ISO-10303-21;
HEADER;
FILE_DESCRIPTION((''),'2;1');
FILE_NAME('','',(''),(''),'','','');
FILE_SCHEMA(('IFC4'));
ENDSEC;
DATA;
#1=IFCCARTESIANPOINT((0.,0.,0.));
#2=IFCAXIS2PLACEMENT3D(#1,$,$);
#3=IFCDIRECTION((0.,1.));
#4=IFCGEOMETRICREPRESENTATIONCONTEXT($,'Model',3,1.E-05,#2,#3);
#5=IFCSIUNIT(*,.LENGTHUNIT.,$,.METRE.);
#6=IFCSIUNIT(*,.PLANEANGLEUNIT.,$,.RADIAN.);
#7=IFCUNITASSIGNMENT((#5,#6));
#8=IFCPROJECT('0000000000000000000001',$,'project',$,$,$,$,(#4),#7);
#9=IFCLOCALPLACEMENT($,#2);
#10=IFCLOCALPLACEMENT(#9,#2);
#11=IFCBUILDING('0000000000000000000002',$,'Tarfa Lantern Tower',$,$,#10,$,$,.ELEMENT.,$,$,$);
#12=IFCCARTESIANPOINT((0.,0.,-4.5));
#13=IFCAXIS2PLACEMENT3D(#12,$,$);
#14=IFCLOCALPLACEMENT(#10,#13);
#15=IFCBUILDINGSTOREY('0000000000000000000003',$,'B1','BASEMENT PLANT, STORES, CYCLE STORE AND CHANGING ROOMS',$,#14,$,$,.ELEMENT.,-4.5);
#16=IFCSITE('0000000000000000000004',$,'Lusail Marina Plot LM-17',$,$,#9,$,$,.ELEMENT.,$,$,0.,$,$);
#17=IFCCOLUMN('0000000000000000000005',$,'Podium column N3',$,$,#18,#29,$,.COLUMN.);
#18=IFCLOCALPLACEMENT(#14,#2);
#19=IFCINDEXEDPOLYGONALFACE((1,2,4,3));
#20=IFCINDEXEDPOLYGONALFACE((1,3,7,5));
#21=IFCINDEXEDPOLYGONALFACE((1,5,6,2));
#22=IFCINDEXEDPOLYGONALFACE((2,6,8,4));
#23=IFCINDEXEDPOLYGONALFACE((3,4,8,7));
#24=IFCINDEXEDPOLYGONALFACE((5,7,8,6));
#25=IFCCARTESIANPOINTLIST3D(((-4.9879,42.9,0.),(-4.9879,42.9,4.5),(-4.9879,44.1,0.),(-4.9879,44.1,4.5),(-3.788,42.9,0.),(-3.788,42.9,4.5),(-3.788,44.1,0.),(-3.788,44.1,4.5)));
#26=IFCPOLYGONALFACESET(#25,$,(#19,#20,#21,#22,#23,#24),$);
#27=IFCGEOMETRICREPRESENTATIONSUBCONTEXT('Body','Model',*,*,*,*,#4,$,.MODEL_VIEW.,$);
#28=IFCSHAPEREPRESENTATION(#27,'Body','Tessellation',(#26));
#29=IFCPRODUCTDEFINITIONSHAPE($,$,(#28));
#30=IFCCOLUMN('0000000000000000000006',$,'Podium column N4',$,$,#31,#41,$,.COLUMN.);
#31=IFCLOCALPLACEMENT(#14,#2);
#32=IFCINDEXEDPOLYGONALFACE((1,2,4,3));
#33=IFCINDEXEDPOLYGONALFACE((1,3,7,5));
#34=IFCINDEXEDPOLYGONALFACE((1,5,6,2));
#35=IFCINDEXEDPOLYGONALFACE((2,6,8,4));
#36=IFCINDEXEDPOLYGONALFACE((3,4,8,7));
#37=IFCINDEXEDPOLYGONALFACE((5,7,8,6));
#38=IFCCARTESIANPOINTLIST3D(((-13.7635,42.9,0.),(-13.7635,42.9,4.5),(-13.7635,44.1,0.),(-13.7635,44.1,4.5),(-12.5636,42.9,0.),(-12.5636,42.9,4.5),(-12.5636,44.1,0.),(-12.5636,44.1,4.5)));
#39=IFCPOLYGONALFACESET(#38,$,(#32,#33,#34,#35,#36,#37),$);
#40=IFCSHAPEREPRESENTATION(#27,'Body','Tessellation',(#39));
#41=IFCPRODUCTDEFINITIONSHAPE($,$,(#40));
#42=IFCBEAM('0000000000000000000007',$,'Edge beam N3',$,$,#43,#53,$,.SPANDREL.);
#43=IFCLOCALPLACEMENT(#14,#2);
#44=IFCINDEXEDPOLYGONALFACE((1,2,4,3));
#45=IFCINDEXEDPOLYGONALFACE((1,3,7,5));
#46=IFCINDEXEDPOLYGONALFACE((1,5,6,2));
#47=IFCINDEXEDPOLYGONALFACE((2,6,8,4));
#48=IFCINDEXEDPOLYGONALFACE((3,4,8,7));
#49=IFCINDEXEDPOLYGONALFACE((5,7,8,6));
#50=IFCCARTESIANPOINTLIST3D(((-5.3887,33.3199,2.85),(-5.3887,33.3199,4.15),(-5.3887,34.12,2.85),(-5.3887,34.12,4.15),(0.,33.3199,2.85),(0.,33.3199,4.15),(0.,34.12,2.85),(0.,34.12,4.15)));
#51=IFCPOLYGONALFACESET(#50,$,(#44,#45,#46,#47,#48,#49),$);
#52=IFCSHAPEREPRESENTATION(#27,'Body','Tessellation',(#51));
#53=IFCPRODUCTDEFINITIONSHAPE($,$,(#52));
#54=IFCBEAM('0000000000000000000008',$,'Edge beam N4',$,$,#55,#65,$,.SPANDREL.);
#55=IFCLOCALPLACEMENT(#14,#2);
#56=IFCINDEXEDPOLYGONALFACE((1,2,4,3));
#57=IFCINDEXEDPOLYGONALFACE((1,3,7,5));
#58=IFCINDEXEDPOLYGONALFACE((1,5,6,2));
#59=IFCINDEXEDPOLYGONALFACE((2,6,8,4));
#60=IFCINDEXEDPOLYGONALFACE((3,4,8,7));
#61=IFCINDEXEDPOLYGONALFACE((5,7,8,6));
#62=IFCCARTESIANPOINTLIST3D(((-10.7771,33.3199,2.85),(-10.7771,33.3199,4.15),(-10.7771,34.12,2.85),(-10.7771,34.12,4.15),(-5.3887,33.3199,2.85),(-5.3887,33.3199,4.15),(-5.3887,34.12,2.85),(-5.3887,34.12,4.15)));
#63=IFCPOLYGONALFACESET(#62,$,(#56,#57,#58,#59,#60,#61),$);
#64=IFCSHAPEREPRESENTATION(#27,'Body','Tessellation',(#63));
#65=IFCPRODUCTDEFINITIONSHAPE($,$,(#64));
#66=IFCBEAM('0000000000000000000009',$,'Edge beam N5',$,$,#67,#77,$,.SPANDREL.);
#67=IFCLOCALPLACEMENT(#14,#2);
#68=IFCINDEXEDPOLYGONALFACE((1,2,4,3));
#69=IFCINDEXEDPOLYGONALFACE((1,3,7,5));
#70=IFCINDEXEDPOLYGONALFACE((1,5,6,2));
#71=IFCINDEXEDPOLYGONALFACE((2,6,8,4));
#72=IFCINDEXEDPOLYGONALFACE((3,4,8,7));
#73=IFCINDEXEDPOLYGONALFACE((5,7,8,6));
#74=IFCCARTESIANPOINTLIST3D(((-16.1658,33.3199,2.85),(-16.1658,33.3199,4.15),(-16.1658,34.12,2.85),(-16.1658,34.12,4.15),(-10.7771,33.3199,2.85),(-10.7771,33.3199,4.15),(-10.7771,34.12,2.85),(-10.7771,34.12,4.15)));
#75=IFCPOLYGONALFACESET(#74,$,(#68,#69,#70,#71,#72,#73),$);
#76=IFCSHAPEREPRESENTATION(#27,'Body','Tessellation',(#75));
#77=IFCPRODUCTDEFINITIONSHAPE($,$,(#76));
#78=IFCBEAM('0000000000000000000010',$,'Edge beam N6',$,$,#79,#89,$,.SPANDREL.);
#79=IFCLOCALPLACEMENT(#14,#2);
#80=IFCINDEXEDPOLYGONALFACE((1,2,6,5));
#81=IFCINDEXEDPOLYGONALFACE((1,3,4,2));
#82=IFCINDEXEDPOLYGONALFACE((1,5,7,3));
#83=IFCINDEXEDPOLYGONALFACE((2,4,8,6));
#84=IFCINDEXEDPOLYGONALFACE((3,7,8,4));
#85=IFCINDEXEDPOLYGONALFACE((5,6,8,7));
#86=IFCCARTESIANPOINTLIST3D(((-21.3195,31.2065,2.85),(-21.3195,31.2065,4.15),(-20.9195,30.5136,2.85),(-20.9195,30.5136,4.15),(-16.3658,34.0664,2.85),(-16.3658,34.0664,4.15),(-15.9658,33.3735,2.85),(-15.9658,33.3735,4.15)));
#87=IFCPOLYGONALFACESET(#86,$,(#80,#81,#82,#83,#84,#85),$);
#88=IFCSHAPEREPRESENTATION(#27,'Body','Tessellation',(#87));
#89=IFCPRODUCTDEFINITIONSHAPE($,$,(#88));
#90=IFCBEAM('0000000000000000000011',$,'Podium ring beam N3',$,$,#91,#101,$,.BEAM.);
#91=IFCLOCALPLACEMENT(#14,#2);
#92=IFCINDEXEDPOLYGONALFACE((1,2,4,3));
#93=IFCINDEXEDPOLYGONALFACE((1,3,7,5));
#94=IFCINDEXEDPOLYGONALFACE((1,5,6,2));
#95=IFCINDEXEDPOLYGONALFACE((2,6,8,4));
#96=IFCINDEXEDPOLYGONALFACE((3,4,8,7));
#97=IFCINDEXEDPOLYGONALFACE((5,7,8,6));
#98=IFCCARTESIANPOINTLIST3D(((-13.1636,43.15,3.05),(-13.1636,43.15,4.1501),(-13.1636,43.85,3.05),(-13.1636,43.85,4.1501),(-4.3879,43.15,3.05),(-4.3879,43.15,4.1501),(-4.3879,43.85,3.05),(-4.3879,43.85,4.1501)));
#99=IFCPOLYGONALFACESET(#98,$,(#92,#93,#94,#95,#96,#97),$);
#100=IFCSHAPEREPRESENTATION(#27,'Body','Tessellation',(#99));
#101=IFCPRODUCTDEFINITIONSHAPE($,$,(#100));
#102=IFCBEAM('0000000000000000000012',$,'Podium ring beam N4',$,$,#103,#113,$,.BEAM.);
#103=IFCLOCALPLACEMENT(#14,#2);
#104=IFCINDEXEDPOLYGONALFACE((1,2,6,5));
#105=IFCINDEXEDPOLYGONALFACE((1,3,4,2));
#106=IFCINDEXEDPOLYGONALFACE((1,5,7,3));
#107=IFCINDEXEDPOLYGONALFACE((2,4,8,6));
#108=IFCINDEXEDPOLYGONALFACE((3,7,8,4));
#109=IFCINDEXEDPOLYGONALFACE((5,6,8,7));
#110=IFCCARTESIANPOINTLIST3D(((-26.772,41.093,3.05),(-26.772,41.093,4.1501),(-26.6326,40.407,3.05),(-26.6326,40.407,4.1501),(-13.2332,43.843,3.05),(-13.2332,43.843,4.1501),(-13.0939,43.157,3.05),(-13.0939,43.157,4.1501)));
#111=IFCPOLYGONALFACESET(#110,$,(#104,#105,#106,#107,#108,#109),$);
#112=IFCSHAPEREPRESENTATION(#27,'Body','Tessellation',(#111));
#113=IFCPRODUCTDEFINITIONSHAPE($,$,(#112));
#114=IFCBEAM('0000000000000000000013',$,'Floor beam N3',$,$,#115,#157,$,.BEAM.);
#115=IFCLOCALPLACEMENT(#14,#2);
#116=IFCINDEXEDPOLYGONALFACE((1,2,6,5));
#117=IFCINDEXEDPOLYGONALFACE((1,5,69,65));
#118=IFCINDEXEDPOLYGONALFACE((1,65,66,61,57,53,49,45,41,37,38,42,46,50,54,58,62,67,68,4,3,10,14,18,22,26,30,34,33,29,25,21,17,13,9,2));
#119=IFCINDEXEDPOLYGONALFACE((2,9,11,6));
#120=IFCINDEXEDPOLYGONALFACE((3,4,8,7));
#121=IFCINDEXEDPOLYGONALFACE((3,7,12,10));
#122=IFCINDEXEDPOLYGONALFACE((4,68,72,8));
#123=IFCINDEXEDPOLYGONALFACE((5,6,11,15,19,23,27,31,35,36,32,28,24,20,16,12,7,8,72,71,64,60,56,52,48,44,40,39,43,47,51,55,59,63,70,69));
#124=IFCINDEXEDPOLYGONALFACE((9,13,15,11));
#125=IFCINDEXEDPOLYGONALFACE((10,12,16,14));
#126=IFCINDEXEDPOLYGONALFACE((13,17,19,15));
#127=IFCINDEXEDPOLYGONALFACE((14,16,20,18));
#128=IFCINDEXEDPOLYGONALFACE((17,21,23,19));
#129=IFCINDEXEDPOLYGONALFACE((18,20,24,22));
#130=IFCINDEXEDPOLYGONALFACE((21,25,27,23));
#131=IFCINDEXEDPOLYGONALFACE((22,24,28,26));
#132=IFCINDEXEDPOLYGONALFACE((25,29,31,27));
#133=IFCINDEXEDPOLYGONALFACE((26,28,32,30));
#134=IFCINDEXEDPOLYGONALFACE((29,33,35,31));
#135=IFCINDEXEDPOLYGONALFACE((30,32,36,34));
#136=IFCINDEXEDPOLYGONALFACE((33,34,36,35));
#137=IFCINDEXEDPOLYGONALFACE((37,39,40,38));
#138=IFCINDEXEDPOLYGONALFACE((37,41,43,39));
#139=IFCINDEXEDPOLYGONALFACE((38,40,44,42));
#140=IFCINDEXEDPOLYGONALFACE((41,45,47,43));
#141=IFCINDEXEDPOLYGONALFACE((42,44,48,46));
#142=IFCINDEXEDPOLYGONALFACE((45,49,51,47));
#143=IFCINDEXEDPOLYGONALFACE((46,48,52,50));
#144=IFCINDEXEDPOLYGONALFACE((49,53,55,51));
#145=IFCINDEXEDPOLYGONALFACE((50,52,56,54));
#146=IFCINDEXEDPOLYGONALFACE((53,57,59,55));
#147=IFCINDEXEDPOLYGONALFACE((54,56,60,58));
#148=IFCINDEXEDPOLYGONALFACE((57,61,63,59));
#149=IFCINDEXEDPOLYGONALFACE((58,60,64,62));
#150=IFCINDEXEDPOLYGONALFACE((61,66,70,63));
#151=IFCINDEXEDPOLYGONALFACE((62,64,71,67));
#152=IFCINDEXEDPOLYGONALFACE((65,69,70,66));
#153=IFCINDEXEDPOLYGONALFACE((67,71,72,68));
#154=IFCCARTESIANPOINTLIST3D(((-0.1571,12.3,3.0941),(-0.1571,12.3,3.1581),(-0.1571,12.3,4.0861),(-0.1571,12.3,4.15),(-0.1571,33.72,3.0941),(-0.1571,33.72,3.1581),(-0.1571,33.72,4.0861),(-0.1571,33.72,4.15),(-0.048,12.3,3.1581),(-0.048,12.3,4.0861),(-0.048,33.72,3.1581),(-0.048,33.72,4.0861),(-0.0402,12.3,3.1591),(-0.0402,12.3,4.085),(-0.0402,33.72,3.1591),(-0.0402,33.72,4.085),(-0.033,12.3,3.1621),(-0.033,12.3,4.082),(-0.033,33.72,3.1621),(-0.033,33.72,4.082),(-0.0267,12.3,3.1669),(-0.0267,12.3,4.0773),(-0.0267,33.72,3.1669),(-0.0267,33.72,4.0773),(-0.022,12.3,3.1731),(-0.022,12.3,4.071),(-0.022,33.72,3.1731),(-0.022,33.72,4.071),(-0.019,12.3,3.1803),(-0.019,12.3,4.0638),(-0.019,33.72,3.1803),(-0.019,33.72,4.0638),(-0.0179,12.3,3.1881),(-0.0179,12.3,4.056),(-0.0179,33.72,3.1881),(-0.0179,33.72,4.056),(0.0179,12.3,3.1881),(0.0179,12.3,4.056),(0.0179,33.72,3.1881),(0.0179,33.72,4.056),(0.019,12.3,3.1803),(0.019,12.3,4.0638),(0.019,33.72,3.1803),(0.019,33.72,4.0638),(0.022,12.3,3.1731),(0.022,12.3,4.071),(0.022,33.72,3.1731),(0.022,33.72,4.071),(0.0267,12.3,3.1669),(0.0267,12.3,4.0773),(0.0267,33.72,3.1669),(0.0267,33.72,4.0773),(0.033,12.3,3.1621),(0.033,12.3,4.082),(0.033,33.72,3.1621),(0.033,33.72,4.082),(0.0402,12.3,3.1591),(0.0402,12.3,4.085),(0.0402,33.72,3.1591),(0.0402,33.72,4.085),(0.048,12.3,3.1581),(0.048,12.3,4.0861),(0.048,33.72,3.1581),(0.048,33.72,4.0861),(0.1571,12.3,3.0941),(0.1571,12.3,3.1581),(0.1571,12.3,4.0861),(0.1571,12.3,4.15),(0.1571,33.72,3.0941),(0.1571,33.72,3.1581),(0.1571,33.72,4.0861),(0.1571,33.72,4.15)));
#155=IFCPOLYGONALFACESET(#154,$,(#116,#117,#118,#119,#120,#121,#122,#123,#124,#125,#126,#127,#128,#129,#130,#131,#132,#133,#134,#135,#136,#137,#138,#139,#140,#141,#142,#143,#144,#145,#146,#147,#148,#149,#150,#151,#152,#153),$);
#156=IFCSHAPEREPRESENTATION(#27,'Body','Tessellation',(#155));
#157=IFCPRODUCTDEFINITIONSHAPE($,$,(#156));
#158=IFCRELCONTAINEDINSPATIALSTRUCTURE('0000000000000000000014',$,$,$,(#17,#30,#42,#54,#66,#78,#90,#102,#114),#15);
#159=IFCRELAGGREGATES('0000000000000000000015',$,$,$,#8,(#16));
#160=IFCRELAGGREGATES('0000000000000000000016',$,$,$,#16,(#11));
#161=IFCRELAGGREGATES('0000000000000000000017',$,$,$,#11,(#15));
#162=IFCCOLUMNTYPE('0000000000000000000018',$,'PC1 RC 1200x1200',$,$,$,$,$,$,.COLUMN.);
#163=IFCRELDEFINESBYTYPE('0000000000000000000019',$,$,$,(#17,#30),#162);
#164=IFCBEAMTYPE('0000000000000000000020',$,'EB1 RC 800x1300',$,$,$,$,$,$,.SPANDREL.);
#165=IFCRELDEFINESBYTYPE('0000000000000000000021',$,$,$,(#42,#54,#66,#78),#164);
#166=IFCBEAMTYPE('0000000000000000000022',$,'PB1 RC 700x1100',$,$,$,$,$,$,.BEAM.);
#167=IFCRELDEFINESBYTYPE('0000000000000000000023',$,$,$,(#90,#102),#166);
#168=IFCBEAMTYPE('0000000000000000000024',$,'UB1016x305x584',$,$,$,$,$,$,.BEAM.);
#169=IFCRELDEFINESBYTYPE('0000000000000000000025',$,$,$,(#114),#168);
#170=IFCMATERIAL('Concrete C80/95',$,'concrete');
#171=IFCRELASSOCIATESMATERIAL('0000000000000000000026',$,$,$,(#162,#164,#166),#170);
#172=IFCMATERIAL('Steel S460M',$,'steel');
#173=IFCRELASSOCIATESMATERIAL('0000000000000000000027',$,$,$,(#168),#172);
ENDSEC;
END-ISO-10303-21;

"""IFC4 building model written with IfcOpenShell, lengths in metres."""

from ifc_helpers import new_model, si_unit, direction, frame, origin, origin_2d, place, context, subcontext, project, spatial, rectangle, i_section, extrude, material, material_profile, profile_set, type_object, element, save


model = new_model("IFC4")

# Units and contexts
model_context = context("Model", 3, precision=1e-05, world=origin(), true_north=direction((0.0, 1.0)))
body_context = subcontext(model_context, "Body", "Model", "MODEL_VIEW")
ifc_project = project(units=[si_unit("LENGTHUNIT", "METRE"), si_unit("PLANEANGLEUNIT", "RADIAN")], contexts=[model_context])

# Site, building, storey
site_placement = place(None, origin())
site = spatial("IfcSite", under=ifc_project, at=site_placement, Name="Lusail Marina Plot LM-17", CompositionType="ELEMENT", RefElevation=0.0)
building_placement = place(site_placement, origin())
building = spatial("IfcBuilding", under=site, at=building_placement, Name="Tarfa Lantern Tower", CompositionType="ELEMENT")
storey_placement = place(building_placement, frame((0.0, 0.0, -4.5)))
storey = spatial("IfcBuildingStorey", under=building, at=storey_placement, Name="B1", Description="BASEMENT PLANT, STORES, CYCLE STORE AND CHANGING ROOMS", CompositionType="ELEMENT", Elevation=-4.5)

# Columns
ifc_material_1 = material(Name="Concrete C80/95", Category="concrete")
ifc_material_profile_1 = material_profile(ifc_material_1, rectangle(XDim=1.2, YDim=1.2, at=origin_2d()), Name="RC 1200x1200")
ifc_profile_set_1 = profile_set([ifc_material_profile_1], Name="Concrete C80/95")
column_type = type_object("IfcColumnType", Name="PC1 RC 1200x1200", PredefinedType="COLUMN", material=ifc_profile_set_1)
for number, where, z_axis, x_axis, name in (
    (1, (-4.3879, 43.5, 0.0), (0.0, 0.0, 1.0), (-1.0, 0.0, 0.0), "Podium column N3"),
    (2, (-13.1636, 43.5, 0.0), (0.0, 0.0, 1.0), (-1.0, 0.0, 0.0), "Podium column N4"),
):
    element("IfcColumn", number, at=place(storey_placement, frame(where, z_axis=z_axis, x_axis=x_axis)), inside=storey, type_object=column_type, Name=name, PredefinedType="COLUMN", context=body_context, shape_type="SweptSolid", body=[
        extrude(rectangle(XDim=1.2, YDim=1.2, at=origin_2d()), origin(), (0.0, 0.0, 1.0), 4.5),
    ])

# Beams
ifc_material_profile_2 = material_profile(ifc_material_1, rectangle(XDim=0.8, YDim=1.3, at=origin_2d()), Name="RC 800x1300")
ifc_profile_set_2 = profile_set([ifc_material_profile_2], Name="Concrete C80/95")
beam_type_1 = type_object("IfcBeamType", Name="EB1 RC 800x1300", PredefinedType="SPANDREL", material=ifc_profile_set_2)
beam_1_placement = place(storey_placement, frame((0.0, 33.72, 3.5), z_axis=(-1.0, 0.0, 0.0), x_axis=(0.0, -1.0, 0.0)))
element("IfcBeam", 3, at=beam_1_placement, inside=storey, type_object=beam_type_1, Name="Edge beam N3", PredefinedType="SPANDREL", context=body_context, shape_type="SweptSolid", body=[
    extrude(rectangle(XDim=0.8, YDim=1.3, at=origin_2d()), origin(), (0.0, 0.0, 1.0), 5.3887),
])
beam_2_placement = place(storey_placement, frame((-5.3887, 33.72, 3.5), z_axis=(-1.0, 0.0, 0.0), x_axis=(0.0, -1.0, 0.0)))
element("IfcBeam", 4, at=beam_2_placement, inside=storey, type_object=beam_type_1, Name="Edge beam N4", PredefinedType="SPANDREL", context=body_context, shape_type="SweptSolid", body=[
    extrude(rectangle(XDim=0.8, YDim=1.3, at=origin_2d()), origin(), (0.0, 0.0, 1.0), 5.3884),
])
beam_3_placement = place(storey_placement, frame((-10.7771, 33.72, 3.5), z_axis=(-1.0, 0.0, 0.0), x_axis=(0.0, -1.0, 0.0)))
element("IfcBeam", 5, at=beam_3_placement, inside=storey, type_object=beam_type_1, Name="Edge beam N5", PredefinedType="SPANDREL", context=body_context, shape_type="SweptSolid", body=[
    extrude(rectangle(XDim=0.8, YDim=1.3, at=origin_2d()), origin(), (0.0, 0.0, 1.0), 5.3887),
])
beam_4_placement = place(storey_placement, frame((-16.1658, 33.72, 3.5), z_axis=(-0.866033, -0.499986, 0.0), x_axis=(0.499986, -0.866033, 0.0)))
element("IfcBeam", 6, at=beam_4_placement, inside=storey, type_object=beam_type_1, Name="Edge beam N6", PredefinedType="SPANDREL", context=body_context, shape_type="SweptSolid", body=[
    extrude(rectangle(XDim=0.8, YDim=1.3, at=origin_2d()), origin(), (0.0, 0.0, 1.0), 5.72),
])
ifc_material_profile_3 = material_profile(ifc_material_1, rectangle(XDim=0.7, YDim=1.1001, at=origin_2d()), Name="RC 700x1100")
ifc_profile_set_3 = profile_set([ifc_material_profile_3], Name="Concrete C80/95")
beam_type_2 = type_object("IfcBeamType", Name="PB1 RC 700x1100", PredefinedType="BEAM", material=ifc_profile_set_3)
beam_5_placement = place(storey_placement, frame((-4.3879, 43.5, 3.6001), z_axis=(-1.0, 0.0, 0.0), x_axis=(0.0, -1.0, 0.0)))
element("IfcBeam", 7, at=beam_5_placement, inside=storey, type_object=beam_type_2, Name="Podium ring beam N3", PredefinedType="BEAM", context=body_context, shape_type="SweptSolid", body=[
    extrude(rectangle(XDim=0.7, YDim=1.1001, at=origin_2d()), origin(), (0.0, 0.0, 1.0), 8.7756),
])
beam_6_placement = place(storey_placement, frame((-13.1636, 43.5, 3.6001), z_axis=(-0.979988, -0.199055, 0.0), x_axis=(0.199055, -0.979988, 0.0)))
element("IfcBeam", 8, at=beam_6_placement, inside=storey, type_object=beam_type_2, Name="Podium ring beam N4", PredefinedType="BEAM", context=body_context, shape_type="SweptSolid", body=[
    extrude(rectangle(XDim=0.7, YDim=1.1001, at=origin_2d()), origin(), (0.0, 0.0, 1.0), 13.8152),
])
ifc_material_2 = material(Name="Steel S460M", Category="steel")
ifc_material_profile_4 = material_profile(ifc_material_2, i_section(OverallWidth=0.3142, OverallDepth=1.0559, WebThickness=0.0359, FlangeThickness=0.064, FilletRadius=0.03, at=origin_2d()), Name="UB1016x305x584")
ifc_profile_set_4 = profile_set([ifc_material_profile_4], Name="Steel S460M")
beam_type_3 = type_object("IfcBeamType", Name="UB1016x305x584", PredefinedType="BEAM", material=ifc_profile_set_4)
for number, where, z_axis, x_axis, name in (
    (9, (0.0, 33.72, 3.6221), (0.0, -1.0, 0.0), (1.0, 0.0, 0.0), "Floor beam N3"),
):
    element("IfcBeam", number, at=place(storey_placement, frame(where, z_axis=z_axis, x_axis=x_axis)), inside=storey, type_object=beam_type_3, Name=name, PredefinedType="BEAM", context=body_context, shape_type="SweptSolid", body=[
        extrude(i_section(OverallWidth=0.3142, OverallDepth=1.0559, WebThickness=0.0359, FlangeThickness=0.064, FilletRadius=0.03, at=origin_2d()), origin(), (0.0, 0.0, 1.0), 21.4199),
    ])

save(model, "model.ifc")
